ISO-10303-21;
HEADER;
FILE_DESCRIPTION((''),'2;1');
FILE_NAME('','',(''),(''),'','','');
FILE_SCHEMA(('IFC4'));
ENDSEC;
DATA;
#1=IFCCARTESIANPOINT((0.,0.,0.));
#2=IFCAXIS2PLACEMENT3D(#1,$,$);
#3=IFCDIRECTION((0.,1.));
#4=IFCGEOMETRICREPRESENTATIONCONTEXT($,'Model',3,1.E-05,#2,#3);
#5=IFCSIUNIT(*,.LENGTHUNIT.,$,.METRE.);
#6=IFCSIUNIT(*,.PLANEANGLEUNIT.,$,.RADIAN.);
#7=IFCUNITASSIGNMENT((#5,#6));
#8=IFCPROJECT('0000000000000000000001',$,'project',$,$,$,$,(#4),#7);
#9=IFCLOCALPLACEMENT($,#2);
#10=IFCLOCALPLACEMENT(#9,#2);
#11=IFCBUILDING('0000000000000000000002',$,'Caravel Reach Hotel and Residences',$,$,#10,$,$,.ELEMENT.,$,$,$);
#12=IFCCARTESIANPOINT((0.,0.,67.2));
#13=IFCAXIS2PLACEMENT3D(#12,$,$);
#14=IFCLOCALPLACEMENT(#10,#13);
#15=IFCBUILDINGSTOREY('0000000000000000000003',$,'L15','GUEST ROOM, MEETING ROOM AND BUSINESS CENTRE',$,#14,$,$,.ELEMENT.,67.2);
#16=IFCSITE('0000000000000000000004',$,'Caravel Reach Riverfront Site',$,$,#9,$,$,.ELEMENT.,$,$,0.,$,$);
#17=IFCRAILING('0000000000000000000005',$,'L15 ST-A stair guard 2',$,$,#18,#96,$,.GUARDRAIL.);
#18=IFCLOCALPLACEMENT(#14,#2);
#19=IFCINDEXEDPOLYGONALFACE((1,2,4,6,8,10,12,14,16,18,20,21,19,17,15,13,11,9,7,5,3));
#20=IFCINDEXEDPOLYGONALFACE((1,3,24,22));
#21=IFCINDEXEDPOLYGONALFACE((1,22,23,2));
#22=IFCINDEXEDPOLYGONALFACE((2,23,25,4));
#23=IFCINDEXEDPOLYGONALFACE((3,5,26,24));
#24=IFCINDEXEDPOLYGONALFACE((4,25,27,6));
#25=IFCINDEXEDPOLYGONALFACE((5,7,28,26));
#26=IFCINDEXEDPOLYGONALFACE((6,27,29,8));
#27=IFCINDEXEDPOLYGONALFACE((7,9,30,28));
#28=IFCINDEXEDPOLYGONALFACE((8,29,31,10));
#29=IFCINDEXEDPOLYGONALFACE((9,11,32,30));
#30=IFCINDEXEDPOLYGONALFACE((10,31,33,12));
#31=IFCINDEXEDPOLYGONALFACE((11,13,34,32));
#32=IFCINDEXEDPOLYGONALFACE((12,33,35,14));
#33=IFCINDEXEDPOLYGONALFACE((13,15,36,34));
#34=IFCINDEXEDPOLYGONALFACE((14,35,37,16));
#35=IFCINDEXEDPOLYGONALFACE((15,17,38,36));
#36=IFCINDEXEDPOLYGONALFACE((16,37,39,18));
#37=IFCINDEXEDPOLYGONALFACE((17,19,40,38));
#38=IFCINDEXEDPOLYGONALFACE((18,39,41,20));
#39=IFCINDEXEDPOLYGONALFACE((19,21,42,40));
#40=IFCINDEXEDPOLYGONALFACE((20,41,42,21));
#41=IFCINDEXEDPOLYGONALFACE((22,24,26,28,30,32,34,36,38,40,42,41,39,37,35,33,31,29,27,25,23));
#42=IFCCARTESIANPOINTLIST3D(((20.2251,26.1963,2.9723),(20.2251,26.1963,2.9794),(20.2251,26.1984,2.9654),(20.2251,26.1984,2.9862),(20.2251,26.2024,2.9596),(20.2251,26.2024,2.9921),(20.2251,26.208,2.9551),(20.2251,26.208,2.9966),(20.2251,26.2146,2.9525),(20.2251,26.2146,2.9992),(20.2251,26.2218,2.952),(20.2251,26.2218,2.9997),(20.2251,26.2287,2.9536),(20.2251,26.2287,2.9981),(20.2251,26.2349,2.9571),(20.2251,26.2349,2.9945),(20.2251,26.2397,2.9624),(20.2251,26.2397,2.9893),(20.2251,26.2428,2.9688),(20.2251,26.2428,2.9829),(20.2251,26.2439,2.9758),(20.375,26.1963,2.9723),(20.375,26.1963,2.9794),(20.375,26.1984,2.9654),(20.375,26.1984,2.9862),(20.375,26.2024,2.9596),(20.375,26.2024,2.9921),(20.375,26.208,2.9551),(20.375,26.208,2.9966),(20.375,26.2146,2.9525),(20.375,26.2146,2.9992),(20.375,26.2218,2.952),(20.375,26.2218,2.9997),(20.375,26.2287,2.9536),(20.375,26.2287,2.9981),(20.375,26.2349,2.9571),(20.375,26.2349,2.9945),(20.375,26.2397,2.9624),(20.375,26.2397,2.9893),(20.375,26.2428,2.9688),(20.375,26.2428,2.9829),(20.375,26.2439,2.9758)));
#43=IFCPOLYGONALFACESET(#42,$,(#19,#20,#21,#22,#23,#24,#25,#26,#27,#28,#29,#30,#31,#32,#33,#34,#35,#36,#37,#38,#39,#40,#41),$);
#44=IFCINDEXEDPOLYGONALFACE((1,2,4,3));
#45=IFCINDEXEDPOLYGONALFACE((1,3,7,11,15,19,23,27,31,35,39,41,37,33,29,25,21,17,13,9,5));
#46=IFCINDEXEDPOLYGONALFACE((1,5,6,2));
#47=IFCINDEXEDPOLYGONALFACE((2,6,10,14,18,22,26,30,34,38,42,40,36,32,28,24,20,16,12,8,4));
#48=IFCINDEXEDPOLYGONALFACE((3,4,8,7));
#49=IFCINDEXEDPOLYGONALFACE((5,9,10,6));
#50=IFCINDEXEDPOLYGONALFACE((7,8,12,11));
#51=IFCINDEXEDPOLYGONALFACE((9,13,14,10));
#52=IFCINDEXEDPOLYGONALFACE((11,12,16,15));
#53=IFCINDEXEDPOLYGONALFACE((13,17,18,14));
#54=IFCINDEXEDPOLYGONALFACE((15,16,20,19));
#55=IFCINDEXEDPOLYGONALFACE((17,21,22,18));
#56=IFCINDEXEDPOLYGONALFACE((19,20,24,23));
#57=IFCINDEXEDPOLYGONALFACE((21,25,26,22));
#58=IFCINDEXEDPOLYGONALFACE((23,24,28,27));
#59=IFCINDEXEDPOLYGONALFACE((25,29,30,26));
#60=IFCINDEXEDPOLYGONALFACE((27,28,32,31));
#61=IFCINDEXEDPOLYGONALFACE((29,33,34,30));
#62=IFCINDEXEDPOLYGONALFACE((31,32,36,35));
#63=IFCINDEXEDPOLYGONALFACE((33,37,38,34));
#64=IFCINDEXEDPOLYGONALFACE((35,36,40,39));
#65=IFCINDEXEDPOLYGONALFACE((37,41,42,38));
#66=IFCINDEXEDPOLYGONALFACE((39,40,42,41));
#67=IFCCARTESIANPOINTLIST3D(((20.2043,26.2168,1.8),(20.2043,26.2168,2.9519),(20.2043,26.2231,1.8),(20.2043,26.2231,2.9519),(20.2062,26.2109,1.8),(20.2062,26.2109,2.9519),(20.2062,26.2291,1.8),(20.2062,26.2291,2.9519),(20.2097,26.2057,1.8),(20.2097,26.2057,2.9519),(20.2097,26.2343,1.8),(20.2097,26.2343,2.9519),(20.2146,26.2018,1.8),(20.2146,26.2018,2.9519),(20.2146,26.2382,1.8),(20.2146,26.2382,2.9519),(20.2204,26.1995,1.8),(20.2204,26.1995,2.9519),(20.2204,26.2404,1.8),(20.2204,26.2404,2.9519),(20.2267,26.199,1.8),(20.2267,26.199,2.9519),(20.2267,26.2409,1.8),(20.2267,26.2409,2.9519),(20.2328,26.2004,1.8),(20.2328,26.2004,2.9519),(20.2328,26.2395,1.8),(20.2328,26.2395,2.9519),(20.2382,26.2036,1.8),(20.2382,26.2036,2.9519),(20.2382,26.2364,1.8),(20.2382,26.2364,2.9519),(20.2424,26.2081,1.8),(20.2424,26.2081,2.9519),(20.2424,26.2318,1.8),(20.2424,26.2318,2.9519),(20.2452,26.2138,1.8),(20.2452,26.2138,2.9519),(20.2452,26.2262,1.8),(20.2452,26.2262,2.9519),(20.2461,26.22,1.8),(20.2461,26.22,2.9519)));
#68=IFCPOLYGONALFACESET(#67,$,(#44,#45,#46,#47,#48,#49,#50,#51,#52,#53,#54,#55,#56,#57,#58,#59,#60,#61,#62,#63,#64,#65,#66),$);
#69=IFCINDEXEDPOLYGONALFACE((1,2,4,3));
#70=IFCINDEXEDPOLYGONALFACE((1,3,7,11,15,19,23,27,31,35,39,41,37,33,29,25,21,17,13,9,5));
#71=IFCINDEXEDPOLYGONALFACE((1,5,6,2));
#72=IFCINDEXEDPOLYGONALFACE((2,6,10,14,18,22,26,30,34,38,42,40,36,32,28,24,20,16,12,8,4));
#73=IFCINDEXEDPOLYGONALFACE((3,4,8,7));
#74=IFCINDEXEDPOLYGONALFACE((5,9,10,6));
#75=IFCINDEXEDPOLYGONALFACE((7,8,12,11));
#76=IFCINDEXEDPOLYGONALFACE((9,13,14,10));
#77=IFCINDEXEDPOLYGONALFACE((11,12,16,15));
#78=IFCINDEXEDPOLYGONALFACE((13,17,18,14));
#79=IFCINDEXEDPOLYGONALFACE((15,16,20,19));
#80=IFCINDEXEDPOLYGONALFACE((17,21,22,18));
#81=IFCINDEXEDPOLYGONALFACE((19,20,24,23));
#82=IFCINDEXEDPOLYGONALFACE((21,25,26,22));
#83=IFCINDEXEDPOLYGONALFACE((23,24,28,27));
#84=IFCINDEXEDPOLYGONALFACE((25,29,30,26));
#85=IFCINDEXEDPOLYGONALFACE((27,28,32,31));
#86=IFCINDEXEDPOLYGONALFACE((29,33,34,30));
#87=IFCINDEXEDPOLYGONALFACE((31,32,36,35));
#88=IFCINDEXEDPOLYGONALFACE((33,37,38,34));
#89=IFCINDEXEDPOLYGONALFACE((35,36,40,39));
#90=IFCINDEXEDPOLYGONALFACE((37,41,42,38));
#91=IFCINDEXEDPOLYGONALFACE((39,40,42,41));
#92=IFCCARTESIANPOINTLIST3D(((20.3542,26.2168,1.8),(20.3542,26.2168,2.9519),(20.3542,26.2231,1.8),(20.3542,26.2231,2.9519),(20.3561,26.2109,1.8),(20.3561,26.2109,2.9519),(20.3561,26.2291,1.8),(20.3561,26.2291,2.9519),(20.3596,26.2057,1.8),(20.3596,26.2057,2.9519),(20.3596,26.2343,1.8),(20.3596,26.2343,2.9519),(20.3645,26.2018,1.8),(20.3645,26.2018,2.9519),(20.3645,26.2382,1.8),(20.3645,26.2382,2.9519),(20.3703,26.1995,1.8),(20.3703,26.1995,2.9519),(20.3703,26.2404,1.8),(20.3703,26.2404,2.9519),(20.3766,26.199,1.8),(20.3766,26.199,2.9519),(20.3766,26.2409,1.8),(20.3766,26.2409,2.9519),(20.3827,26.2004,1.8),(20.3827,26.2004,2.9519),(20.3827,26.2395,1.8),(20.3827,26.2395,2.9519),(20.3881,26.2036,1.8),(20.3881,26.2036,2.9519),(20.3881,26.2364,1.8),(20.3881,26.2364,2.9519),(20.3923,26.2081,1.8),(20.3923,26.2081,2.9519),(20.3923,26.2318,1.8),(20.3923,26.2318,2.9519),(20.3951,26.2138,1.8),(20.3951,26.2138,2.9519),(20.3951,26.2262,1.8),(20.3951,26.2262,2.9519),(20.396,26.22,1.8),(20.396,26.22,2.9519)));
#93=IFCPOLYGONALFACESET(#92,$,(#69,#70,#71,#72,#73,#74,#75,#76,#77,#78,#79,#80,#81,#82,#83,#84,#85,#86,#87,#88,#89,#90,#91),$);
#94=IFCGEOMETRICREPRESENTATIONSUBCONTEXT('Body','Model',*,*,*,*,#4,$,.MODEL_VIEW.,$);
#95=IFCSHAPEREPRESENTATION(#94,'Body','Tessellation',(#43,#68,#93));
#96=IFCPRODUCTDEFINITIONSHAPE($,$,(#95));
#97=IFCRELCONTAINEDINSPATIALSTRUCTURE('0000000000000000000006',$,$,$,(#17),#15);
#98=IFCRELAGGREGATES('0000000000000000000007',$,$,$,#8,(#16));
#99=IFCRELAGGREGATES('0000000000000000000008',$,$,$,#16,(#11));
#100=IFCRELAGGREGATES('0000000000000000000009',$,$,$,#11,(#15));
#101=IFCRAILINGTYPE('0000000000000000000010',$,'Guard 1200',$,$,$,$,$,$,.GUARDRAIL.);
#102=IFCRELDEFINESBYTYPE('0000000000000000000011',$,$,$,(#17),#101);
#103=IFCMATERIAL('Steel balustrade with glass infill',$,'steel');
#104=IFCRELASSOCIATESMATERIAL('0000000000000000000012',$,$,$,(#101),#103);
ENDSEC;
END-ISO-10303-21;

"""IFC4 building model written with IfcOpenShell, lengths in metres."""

from ifc_helpers import new_model, si_unit, direction, frame, origin, origin_2d, place, context, subcontext, project, spatial, circle, extrude, material, type_object, element, save


model = new_model("IFC4")

# Units and contexts
model_context = context("Model", 3, precision=1e-05, world=origin(), true_north=direction((0.0, 1.0)))
body_context = subcontext(model_context, "Body", "Model", "MODEL_VIEW")
ifc_project = project(units=[si_unit("LENGTHUNIT", "METRE"), si_unit("PLANEANGLEUNIT", "RADIAN")], contexts=[model_context])

# Site, building, storey
site_placement = place(None, origin())
site = spatial("IfcSite", under=ifc_project, at=site_placement, Name="Caravel Reach Riverfront Site", CompositionType="ELEMENT", RefElevation=0.0)
building_placement = place(site_placement, origin())
building = spatial("IfcBuilding", under=site, at=building_placement, Name="Caravel Reach Hotel and Residences", CompositionType="ELEMENT")
storey_placement = place(building_placement, frame((0.0, 0.0, 67.2)))
storey = spatial("IfcBuildingStorey", under=building, at=storey_placement, Name="L15", Description="GUEST ROOM, MEETING ROOM AND BUSINESS CENTRE", CompositionType="ELEMENT", Elevation=67.2)

# Railing
ifc_material_1 = material(Name="Steel balustrade with glass infill", Category="steel")
railing_type_1 = type_object("IfcRailingType", Name="Guard 1200", PredefinedType="GUARDRAIL", material=ifc_material_1)
railing_1_placement = place(storey_placement, frame((20.2251, 26.22, 1.8)))
element("IfcRailing", 1, at=railing_1_placement, inside=storey, type_object=railing_type_1, Name="L15 ST-A stair guard 2", PredefinedType="GUARDRAIL", context=body_context, shape_type="SweptSolid", body=[
    extrude(circle(Radius=0.0239, at=origin_2d()), frame((0.0, 0.0, 1.1758), z_axis=(1.0, 0.0, 0.0), x_axis=(0.0, 1.0, 0.0)), (0.0, 0.0, 1.0), 0.1499),
    extrude(circle(Radius=0.021, at=origin_2d()), origin(), (0.0, 0.0, 1.0), 1.1519),
    extrude(circle(Radius=0.021, at=origin_2d()), frame((0.1499, 0.0, 0.0)), (0.0, 0.0, 1.0), 1.1519),
])

save(model, "model.ifc")
